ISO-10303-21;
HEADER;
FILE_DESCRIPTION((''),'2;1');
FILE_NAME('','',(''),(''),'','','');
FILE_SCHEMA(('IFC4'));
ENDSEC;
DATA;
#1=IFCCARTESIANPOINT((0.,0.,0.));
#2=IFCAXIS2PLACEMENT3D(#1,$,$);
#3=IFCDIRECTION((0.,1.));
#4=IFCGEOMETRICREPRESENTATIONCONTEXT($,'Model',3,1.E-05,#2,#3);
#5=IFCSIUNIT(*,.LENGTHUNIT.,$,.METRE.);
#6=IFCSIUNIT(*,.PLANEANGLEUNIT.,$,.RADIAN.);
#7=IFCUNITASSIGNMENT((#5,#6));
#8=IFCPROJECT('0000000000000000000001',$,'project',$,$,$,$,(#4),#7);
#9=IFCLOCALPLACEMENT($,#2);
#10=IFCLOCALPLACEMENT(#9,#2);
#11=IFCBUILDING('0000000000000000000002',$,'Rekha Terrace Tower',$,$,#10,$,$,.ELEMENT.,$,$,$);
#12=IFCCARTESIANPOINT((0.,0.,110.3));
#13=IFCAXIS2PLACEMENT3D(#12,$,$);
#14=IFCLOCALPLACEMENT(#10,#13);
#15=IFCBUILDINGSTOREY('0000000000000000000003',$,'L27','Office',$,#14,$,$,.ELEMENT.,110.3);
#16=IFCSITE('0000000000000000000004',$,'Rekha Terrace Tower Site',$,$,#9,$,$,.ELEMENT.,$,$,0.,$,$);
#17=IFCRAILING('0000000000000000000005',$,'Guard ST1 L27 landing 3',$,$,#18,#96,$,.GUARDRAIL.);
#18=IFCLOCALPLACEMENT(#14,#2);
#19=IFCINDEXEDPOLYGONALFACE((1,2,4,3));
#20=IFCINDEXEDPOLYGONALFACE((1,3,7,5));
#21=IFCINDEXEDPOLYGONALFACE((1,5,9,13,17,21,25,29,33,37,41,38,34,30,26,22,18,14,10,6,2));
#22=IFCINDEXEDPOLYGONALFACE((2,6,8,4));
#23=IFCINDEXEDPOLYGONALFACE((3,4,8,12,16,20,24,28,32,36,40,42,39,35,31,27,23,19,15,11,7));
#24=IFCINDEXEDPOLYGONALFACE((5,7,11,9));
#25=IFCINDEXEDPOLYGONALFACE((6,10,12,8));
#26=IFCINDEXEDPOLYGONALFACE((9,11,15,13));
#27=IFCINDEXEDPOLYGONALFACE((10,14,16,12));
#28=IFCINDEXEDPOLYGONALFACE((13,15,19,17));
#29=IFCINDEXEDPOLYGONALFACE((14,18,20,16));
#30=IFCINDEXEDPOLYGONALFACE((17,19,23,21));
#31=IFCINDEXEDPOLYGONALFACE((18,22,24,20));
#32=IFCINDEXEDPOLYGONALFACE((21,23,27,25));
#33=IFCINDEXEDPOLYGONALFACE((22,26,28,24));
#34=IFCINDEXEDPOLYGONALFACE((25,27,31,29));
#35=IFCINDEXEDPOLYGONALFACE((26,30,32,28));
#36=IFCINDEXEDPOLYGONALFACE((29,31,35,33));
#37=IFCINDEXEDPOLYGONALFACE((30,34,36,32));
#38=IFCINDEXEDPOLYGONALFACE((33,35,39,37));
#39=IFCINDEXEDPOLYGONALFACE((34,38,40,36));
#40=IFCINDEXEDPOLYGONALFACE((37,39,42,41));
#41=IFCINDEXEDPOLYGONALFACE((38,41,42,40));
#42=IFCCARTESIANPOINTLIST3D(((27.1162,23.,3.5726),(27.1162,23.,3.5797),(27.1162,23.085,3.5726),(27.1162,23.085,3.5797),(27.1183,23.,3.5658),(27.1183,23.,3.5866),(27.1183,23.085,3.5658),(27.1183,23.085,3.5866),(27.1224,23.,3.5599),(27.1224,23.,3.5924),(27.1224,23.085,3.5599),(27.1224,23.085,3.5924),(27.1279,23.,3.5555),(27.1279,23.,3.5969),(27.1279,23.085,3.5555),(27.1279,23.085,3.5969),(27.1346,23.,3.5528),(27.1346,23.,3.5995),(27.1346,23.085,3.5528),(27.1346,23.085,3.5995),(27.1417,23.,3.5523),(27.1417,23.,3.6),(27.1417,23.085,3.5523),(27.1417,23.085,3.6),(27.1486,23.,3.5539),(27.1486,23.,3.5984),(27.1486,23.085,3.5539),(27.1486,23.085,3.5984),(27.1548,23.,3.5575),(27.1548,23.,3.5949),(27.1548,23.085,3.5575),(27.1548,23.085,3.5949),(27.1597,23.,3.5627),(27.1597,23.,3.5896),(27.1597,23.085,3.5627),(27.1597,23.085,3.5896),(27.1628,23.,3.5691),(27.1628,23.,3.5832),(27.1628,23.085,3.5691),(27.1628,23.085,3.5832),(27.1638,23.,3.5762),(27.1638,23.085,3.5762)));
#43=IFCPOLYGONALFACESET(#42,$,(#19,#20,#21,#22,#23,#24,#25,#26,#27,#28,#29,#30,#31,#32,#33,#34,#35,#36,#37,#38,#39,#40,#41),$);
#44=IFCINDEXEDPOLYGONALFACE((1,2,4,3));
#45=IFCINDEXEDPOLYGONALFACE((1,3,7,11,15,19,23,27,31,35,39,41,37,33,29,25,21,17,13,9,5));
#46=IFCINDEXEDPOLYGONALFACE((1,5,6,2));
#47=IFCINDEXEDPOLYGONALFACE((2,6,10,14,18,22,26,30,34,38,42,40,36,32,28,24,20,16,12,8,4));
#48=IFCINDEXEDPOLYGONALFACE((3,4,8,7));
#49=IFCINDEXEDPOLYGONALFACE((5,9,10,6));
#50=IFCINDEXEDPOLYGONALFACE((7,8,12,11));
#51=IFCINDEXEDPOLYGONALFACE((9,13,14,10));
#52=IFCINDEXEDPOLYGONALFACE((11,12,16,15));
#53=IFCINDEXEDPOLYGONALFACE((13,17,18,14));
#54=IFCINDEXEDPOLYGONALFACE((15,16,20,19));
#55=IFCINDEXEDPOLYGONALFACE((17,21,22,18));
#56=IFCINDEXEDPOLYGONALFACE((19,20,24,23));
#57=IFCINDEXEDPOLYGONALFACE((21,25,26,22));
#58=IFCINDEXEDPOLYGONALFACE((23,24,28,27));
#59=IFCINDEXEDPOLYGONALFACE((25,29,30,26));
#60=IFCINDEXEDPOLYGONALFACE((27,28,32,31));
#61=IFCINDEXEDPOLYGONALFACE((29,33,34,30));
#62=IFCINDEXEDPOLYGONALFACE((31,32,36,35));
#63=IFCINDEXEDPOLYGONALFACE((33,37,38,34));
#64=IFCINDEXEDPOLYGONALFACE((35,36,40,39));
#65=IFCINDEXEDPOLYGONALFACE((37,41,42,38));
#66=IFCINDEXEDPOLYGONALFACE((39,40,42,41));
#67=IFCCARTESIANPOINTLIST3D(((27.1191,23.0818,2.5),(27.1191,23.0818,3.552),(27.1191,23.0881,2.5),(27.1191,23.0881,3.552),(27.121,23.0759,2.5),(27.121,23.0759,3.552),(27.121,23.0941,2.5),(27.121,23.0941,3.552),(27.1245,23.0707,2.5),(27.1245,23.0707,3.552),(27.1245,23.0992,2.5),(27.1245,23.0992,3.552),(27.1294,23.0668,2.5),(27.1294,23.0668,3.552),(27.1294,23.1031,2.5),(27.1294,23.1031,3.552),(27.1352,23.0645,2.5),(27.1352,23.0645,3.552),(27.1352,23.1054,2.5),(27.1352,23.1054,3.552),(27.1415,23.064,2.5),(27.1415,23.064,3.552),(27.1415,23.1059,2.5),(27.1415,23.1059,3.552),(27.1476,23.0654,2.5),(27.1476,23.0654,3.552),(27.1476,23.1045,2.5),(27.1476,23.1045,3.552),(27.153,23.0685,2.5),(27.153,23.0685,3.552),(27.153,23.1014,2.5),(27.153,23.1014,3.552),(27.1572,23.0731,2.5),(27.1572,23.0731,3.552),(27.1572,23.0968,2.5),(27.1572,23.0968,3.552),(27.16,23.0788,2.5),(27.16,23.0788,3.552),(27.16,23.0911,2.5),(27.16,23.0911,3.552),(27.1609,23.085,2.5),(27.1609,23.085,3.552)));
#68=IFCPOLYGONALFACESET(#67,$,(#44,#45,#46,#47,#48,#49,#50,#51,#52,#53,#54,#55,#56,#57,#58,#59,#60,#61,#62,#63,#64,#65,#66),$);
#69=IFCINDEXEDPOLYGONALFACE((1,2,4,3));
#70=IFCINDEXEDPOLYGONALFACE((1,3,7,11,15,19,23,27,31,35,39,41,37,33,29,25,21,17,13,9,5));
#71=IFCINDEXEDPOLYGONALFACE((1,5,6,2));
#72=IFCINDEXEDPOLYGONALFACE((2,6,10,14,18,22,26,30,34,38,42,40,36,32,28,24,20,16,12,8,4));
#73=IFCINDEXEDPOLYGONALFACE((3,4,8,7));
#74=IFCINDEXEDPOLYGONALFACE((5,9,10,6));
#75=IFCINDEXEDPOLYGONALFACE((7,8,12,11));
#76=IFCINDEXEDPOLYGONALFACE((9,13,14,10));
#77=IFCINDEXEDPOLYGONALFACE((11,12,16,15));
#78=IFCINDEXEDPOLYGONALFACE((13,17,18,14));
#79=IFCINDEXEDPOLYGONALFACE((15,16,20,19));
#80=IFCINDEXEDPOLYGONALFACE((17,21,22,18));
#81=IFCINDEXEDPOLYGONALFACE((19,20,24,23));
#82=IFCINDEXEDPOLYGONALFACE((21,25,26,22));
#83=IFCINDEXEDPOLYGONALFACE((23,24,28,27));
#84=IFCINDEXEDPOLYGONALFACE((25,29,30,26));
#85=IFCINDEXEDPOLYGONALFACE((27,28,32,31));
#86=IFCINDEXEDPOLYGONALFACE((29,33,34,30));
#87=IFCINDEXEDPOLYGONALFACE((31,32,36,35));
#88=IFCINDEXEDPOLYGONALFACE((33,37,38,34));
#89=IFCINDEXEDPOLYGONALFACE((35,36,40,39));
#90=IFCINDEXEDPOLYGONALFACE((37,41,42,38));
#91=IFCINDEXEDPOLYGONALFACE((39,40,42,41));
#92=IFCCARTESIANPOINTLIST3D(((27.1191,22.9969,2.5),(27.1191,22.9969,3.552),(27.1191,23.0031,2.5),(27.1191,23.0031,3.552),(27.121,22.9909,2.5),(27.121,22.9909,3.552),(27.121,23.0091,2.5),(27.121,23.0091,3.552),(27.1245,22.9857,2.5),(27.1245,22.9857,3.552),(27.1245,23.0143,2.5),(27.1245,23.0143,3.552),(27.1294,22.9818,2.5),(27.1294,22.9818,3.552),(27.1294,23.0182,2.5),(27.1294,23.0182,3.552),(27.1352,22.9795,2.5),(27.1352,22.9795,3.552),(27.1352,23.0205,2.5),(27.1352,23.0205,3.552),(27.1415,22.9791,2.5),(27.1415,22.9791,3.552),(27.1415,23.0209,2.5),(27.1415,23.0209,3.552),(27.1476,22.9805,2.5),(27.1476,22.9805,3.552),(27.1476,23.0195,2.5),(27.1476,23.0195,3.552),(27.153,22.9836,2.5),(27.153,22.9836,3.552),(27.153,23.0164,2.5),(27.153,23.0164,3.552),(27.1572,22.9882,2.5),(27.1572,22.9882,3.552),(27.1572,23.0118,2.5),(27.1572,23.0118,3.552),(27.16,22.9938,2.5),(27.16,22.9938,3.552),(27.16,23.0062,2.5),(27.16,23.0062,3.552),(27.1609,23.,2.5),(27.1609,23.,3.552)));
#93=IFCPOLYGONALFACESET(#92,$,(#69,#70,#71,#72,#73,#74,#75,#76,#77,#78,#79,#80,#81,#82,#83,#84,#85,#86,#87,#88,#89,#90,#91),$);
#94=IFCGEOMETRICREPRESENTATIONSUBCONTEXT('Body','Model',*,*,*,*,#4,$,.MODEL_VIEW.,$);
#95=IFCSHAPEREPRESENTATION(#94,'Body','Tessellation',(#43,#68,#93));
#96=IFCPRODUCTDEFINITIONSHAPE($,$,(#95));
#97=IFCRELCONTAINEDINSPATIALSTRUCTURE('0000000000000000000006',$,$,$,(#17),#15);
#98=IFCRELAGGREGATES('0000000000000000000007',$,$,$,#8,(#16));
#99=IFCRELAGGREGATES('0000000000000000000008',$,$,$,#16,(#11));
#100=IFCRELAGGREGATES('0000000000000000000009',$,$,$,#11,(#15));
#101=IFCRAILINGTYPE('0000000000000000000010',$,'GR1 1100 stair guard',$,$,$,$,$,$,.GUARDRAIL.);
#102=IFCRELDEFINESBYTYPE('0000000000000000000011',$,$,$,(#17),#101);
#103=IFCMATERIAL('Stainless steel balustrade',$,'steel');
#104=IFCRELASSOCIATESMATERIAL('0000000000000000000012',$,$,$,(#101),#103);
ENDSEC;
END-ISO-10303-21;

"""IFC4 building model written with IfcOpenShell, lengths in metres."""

from ifc_helpers import new_model, si_unit, direction, frame, origin, origin_2d, place, context, subcontext, project, spatial, circle, extrude, material, type_object, element, save


model = new_model("IFC4")

# Units and contexts
model_context = context("Model", 3, precision=1e-05, world=origin(), true_north=direction((0.0, 1.0)))
body_context = subcontext(model_context, "Body", "Model", "MODEL_VIEW")
ifc_project = project(units=[si_unit("LENGTHUNIT", "METRE"), si_unit("PLANEANGLEUNIT", "RADIAN")], contexts=[model_context])

# Site, building, storey
site_placement = place(None, origin())
site = spatial("IfcSite", under=ifc_project, at=site_placement, Name="Rekha Terrace Tower Site", CompositionType="ELEMENT", RefElevation=0.0)
building_placement = place(site_placement, origin())
building = spatial("IfcBuilding", under=site, at=building_placement, Name="Rekha Terrace Tower", CompositionType="ELEMENT")
storey_placement = place(building_placement, frame((0.0, 0.0, 110.3)))
storey = spatial("IfcBuildingStorey", under=building, at=storey_placement, Name="L27", Description="Office", CompositionType="ELEMENT", Elevation=110.3)

# Railing
ifc_material_1 = material(Name="Stainless steel balustrade", Category="steel")
railing_type_1 = type_object("IfcRailingType", Name="GR1 1100 stair guard", PredefinedType="GUARDRAIL", material=ifc_material_1)
railing_1_placement = place(storey_placement, frame((27.1399, 23.085, 2.5)))
element("IfcRailing", 1, at=railing_1_placement, inside=storey, type_object=railing_type_1, Name="Guard ST1 L27 landing 3", PredefinedType="GUARDRAIL", context=body_context, shape_type="SweptSolid", body=[
    extrude(circle(Radius=0.0239, at=origin_2d()), frame((0.0, 0.0, 1.0762), z_axis=(0.0, -1.0, 0.0), x_axis=(1.0, 0.0, 0.0)), (0.0, 0.0, 1.0), 0.085),
    extrude(circle(Radius=0.021, at=origin_2d()), origin(), (0.0, 0.0, 1.0), 1.052),
    extrude(circle(Radius=0.021, at=origin_2d()), frame((0.0, -0.085, 0.0)), (0.0, 0.0, 1.0), 1.052),
])

save(model, "model.ifc")
